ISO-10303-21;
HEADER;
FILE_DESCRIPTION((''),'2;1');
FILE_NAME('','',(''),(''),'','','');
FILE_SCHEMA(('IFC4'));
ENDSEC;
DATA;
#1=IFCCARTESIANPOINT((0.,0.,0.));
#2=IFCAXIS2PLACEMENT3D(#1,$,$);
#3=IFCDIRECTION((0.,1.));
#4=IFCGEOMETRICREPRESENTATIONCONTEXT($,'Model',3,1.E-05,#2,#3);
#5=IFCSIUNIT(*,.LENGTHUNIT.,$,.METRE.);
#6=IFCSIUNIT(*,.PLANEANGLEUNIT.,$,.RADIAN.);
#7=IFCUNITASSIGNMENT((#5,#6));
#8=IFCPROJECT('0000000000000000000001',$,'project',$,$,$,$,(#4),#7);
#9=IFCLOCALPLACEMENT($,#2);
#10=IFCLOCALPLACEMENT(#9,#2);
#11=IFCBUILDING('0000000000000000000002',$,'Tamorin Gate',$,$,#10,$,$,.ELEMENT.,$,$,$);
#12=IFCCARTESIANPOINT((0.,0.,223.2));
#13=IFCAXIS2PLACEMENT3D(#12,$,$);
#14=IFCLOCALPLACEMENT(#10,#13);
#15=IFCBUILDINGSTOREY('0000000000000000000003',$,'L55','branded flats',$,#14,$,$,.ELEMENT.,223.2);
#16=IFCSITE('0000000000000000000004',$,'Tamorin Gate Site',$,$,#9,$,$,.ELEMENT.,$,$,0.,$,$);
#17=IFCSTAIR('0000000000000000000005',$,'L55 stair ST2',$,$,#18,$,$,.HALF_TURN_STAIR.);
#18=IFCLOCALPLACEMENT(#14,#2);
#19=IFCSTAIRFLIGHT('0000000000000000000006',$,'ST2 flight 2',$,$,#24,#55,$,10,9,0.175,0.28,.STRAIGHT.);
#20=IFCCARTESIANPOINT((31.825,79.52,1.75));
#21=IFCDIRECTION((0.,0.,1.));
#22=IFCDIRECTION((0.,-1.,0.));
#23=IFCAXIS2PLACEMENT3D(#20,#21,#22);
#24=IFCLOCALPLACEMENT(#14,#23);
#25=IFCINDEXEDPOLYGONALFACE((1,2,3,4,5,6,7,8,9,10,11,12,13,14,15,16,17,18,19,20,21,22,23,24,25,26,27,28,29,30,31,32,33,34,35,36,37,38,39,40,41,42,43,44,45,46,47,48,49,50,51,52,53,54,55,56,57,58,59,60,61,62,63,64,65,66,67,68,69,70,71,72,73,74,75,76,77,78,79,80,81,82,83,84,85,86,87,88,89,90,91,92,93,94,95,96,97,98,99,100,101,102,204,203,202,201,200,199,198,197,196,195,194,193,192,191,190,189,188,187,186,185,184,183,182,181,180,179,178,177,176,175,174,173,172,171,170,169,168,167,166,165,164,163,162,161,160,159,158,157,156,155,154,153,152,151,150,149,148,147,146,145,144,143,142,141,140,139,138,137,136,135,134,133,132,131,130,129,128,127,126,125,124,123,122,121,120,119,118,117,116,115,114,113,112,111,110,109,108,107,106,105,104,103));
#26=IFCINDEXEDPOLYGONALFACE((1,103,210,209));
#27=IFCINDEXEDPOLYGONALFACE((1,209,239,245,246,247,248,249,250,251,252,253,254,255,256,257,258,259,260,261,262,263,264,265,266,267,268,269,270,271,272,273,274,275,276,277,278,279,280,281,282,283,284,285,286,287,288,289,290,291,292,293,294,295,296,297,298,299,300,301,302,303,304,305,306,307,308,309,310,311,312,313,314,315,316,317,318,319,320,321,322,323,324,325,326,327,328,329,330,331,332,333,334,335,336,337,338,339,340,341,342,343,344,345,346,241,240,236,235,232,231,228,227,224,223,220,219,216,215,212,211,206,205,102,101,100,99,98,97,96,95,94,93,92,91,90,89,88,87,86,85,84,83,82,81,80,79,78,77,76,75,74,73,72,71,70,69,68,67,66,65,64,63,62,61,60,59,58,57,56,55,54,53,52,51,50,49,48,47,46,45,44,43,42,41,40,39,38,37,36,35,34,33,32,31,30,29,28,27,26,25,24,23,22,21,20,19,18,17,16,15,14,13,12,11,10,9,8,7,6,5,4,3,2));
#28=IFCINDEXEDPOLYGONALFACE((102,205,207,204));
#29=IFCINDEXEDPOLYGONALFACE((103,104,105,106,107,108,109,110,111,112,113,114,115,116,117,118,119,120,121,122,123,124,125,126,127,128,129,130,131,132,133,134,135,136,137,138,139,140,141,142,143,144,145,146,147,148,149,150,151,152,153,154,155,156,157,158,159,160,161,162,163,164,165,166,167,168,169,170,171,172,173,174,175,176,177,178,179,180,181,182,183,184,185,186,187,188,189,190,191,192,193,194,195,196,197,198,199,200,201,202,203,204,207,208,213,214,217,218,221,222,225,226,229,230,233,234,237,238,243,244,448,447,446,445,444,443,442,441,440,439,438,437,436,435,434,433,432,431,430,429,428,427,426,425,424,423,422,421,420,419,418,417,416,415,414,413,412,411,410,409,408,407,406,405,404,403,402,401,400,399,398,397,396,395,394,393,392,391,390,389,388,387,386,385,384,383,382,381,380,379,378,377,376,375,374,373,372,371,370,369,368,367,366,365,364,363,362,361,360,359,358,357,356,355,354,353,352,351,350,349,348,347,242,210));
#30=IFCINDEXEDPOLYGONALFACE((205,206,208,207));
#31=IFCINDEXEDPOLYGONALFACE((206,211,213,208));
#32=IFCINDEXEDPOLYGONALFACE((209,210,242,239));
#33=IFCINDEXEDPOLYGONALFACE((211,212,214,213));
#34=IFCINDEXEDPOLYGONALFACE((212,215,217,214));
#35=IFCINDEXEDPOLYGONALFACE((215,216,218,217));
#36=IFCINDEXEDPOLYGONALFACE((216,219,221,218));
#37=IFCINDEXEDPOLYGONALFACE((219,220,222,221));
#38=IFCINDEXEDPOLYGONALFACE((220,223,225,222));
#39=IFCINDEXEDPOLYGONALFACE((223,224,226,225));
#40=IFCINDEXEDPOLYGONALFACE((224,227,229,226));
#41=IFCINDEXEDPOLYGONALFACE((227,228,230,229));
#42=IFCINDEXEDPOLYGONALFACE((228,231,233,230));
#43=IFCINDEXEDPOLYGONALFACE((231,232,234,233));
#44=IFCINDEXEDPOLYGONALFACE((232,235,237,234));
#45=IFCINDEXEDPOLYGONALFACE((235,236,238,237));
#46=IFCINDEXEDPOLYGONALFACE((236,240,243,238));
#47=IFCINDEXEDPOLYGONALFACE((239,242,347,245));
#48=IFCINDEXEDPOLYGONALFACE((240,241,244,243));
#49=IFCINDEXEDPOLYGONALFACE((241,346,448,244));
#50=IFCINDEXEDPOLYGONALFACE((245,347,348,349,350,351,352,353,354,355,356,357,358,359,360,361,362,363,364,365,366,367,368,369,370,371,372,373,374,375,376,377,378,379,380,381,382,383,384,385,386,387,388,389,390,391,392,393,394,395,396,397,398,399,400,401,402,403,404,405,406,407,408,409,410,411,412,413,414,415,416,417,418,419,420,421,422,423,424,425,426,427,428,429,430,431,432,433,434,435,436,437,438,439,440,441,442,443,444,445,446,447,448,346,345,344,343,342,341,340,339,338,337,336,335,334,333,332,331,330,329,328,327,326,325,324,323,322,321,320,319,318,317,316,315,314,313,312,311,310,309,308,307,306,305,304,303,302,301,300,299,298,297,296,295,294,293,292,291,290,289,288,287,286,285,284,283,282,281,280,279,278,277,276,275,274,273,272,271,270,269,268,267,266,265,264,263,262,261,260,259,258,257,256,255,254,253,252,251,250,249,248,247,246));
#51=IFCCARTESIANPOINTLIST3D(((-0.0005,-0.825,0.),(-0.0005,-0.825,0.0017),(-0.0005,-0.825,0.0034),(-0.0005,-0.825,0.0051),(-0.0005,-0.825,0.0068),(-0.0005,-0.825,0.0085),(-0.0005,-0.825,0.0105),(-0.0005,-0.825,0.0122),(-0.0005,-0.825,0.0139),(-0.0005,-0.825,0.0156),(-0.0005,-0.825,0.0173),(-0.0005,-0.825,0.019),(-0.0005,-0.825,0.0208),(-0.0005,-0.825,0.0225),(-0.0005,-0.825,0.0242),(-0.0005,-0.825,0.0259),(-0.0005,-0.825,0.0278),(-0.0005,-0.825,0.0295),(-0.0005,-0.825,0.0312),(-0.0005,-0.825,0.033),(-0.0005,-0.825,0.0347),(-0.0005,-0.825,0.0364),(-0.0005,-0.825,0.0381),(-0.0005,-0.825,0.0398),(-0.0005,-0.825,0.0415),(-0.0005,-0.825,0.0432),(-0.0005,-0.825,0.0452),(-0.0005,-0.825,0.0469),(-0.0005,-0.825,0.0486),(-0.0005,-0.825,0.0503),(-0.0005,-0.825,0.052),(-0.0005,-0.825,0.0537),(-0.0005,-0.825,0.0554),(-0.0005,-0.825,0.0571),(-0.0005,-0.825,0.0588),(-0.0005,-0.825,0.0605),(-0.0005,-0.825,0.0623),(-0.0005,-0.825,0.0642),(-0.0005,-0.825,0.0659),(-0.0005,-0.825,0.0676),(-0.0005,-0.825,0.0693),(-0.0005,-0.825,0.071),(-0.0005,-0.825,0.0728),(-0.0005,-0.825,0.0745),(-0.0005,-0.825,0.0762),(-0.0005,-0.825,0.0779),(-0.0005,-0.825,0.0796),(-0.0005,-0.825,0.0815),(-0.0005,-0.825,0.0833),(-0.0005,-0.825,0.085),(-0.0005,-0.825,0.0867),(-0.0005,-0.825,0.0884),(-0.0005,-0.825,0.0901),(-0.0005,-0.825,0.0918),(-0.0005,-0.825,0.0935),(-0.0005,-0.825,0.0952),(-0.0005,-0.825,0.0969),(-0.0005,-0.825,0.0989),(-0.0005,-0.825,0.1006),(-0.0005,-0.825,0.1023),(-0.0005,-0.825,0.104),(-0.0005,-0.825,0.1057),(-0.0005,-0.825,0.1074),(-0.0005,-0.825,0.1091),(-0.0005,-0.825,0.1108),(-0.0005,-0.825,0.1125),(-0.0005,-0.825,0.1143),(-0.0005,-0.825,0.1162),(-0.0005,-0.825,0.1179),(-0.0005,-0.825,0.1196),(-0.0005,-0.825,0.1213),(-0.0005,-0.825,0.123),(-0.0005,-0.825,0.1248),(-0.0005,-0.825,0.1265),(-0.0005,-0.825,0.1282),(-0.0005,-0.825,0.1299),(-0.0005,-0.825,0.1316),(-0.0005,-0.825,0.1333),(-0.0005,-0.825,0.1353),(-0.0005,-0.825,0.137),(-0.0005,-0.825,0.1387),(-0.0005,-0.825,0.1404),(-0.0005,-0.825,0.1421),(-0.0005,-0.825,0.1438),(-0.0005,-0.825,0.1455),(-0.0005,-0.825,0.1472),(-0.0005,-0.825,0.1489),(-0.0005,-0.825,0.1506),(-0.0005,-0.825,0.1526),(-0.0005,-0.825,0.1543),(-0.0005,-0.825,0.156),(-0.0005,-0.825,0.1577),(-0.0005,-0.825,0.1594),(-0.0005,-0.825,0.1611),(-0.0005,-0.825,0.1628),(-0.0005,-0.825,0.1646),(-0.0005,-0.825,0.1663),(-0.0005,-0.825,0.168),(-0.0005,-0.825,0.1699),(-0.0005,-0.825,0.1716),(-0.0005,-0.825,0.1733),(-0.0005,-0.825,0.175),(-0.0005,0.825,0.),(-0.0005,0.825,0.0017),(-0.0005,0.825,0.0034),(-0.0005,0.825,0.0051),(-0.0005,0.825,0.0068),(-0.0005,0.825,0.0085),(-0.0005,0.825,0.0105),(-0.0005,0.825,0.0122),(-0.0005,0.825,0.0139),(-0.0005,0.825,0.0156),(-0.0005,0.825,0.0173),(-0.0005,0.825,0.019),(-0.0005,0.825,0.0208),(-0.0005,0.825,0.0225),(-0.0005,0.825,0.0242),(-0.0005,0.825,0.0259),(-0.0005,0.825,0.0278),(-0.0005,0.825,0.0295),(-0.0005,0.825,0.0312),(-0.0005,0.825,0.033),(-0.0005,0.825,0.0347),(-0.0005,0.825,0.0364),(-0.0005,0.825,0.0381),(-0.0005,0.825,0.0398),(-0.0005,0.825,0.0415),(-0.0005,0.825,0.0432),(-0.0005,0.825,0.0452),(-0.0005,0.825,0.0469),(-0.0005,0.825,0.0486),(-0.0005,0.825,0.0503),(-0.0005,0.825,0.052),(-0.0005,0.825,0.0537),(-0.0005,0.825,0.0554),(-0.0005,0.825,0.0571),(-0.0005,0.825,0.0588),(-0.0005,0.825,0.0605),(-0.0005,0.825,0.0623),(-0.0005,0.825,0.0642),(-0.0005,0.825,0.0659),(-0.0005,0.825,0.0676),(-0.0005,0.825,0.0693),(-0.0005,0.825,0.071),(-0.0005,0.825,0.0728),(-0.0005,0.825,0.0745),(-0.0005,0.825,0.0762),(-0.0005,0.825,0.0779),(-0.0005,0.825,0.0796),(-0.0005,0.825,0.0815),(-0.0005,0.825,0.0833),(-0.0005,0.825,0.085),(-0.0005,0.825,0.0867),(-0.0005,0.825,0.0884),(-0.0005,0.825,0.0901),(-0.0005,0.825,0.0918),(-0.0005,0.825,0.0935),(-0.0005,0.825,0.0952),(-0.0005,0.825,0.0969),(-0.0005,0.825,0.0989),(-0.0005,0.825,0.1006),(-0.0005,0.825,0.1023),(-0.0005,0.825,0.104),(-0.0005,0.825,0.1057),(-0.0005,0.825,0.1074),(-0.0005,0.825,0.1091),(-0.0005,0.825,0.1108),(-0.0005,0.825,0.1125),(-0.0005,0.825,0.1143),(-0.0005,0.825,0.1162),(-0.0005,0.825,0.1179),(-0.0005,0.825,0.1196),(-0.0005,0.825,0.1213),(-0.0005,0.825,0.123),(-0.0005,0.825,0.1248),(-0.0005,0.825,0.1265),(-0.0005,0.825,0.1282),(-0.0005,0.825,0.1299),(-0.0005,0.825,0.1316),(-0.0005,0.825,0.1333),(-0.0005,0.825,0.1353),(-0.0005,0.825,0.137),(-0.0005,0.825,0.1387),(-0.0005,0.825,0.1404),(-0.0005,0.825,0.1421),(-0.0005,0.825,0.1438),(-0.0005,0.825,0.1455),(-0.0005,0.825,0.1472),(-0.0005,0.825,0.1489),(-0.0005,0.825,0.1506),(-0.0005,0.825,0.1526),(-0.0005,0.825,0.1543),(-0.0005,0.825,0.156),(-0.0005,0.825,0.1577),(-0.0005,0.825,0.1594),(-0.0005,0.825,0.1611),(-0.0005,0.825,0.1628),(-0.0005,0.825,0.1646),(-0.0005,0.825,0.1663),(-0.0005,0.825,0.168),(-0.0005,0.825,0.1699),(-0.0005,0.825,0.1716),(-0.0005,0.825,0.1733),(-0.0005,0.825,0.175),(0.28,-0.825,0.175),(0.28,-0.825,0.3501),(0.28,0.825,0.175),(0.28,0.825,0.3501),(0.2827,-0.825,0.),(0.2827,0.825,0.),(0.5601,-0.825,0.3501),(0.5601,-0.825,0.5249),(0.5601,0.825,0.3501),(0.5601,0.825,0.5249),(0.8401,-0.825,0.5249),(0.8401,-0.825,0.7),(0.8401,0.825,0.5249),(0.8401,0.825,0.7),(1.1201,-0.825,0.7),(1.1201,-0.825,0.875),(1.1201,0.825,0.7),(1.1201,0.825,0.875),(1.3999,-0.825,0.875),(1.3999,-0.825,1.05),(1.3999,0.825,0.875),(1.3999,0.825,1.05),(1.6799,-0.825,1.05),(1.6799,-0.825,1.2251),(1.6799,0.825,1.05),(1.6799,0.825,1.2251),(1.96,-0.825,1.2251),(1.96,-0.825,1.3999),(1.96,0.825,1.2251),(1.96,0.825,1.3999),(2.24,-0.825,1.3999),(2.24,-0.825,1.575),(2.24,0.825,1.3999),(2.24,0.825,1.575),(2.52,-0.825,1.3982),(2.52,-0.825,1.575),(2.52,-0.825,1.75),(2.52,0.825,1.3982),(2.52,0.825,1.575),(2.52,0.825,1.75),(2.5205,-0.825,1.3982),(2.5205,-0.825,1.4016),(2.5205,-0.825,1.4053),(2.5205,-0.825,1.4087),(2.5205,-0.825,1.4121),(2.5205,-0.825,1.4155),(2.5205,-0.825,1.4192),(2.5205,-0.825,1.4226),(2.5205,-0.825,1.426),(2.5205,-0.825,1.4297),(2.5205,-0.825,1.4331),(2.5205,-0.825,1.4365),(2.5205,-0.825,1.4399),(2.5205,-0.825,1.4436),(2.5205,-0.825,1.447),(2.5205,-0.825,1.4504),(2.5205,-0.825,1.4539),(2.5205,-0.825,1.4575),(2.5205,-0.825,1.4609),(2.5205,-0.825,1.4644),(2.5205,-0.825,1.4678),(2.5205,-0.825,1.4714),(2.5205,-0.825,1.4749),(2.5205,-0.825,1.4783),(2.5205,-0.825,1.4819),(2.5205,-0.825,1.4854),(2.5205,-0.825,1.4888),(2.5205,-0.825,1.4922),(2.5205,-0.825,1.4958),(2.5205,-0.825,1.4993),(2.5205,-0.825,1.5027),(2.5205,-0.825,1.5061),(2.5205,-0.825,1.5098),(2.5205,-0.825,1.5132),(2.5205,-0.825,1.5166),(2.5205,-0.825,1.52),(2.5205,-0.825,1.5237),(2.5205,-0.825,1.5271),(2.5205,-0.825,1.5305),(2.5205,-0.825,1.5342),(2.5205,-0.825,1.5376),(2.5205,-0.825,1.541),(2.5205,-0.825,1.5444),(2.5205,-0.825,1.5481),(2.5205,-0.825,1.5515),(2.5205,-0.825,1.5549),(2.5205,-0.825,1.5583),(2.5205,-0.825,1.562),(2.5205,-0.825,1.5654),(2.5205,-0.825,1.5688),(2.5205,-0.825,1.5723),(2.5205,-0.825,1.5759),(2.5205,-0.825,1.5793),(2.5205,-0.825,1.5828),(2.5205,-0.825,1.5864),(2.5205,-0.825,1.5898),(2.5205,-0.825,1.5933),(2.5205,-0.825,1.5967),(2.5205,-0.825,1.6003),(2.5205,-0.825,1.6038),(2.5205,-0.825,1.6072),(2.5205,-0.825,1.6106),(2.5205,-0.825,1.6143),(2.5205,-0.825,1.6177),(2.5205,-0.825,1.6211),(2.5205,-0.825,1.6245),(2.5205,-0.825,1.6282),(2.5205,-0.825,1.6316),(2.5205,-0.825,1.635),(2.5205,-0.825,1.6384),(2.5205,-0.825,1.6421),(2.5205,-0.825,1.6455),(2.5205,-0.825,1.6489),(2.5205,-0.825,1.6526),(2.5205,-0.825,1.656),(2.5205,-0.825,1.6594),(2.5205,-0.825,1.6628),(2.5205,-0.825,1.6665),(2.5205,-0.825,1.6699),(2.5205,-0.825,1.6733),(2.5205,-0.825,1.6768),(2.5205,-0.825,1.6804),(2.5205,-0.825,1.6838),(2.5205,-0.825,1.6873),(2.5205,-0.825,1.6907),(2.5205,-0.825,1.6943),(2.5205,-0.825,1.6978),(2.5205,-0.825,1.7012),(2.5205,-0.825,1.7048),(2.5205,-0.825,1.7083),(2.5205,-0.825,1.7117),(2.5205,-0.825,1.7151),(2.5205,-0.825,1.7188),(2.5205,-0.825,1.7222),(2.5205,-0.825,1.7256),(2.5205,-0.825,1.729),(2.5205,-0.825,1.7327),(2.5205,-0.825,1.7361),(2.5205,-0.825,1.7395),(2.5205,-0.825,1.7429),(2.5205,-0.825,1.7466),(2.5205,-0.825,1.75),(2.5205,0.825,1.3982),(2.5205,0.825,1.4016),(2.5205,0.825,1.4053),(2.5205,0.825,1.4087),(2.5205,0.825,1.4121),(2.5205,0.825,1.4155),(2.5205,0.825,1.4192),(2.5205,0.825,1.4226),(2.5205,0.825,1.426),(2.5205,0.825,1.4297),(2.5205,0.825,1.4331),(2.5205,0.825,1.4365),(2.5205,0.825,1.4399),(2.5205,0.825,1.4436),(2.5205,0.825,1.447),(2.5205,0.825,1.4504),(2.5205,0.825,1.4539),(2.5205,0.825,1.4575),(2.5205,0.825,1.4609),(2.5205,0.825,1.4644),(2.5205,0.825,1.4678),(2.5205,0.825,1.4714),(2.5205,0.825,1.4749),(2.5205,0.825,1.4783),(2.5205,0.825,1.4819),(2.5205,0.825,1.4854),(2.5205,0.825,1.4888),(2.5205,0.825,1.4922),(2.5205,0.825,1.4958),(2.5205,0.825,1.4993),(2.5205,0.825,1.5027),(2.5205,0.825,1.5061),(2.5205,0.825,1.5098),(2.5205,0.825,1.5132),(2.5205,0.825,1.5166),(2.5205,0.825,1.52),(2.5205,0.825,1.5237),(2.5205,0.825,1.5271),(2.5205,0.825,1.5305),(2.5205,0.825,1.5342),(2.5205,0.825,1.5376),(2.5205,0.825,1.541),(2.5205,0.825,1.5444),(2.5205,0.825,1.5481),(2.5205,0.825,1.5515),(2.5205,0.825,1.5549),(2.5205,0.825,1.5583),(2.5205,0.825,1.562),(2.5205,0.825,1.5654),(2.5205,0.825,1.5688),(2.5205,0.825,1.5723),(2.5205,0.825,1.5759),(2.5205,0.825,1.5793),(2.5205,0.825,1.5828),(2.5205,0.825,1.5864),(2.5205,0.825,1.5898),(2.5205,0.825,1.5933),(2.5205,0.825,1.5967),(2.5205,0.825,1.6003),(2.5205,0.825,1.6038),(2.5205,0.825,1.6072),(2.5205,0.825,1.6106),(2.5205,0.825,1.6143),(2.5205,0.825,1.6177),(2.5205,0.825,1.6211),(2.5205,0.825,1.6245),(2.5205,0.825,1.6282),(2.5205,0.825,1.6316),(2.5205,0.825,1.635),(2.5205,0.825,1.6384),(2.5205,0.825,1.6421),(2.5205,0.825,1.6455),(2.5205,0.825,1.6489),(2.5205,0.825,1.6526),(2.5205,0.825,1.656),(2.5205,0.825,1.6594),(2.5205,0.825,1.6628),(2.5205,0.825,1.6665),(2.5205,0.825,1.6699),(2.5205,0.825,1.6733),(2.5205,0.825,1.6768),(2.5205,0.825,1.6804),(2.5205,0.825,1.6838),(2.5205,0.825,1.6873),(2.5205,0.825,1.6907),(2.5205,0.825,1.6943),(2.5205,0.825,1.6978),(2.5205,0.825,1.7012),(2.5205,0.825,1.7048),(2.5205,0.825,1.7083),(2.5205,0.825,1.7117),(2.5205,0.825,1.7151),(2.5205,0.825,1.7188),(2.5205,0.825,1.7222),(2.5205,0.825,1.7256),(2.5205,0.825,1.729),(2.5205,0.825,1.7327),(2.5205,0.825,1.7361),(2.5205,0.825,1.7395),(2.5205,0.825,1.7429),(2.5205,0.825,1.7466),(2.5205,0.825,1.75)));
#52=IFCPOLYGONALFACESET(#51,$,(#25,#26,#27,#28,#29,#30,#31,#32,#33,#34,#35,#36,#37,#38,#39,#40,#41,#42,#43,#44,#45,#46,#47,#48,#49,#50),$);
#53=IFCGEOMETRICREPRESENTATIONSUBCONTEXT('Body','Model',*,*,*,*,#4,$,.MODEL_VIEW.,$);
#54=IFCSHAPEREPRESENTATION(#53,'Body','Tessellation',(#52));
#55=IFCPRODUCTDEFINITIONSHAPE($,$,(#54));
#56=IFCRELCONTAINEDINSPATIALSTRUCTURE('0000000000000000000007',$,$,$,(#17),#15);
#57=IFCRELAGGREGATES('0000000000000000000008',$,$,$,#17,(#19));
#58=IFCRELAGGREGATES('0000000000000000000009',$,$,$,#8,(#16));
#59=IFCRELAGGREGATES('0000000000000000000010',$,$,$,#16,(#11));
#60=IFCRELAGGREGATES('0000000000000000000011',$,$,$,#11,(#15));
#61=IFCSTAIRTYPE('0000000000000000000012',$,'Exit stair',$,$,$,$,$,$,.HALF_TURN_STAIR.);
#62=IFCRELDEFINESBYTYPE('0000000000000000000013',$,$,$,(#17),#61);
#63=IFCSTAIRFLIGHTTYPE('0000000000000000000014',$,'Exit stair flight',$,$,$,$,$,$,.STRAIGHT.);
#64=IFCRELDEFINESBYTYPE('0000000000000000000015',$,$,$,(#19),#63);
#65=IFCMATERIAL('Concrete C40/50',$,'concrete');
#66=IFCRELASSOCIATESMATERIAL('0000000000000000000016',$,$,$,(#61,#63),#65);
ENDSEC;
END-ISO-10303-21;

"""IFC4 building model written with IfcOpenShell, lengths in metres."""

from ifc_helpers import new_model, si_unit, direction, frame, origin, place, context, subcontext, project, spatial, polyline, outline, extrude, material, type_object, element, aggregate, save


model = new_model("IFC4")

# Units and contexts
model_context = context("Model", 3, precision=1e-05, world=origin(), true_north=direction((0.0, 1.0)))
body_context = subcontext(model_context, "Body", "Model", "MODEL_VIEW")
ifc_project = project(units=[si_unit("LENGTHUNIT", "METRE"), si_unit("PLANEANGLEUNIT", "RADIAN")], contexts=[model_context])

# Site, building, storey
site_placement = place(None, origin())
site = spatial("IfcSite", under=ifc_project, at=site_placement, Name="Tamorin Gate Site", CompositionType="ELEMENT", RefElevation=0.0)
building_placement = place(site_placement, origin())
building = spatial("IfcBuilding", under=site, at=building_placement, Name="Tamorin Gate", CompositionType="ELEMENT")
storey_placement = place(building_placement, frame((0.0, 0.0, 223.2)))
storey = spatial("IfcBuildingStorey", under=building, at=storey_placement, Name="L55", Description="branded flats", CompositionType="ELEMENT", Elevation=223.2)

# Stair, stair flight
ifc_material_1 = material(Name="Concrete C40/50", Category="concrete")
stair_type = type_object("IfcStairType", Name="Exit stair", PredefinedType="HALF_TURN_STAIR", material=ifc_material_1)
stair_placement = place(storey_placement, origin())
stair = element("IfcStair", 1, at=stair_placement, inside=storey, type_object=stair_type, Name="L55 stair ST2", PredefinedType="HALF_TURN_STAIR")
stair_flight_type = type_object("IfcStairFlightType", Name="Exit stair flight", PredefinedType="STRAIGHT", material=ifc_material_1)
stair_flight_placement = place(storey_placement, frame((31.825, 79.52, 1.75), z_axis=(0.0, 0.0, 1.0), x_axis=(0.0, -1.0, 0.0)))
stair_flight = element("IfcStairFlight", 2, at=stair_flight_placement, type_object=stair_flight_type, Name="ST2 flight 2", NumberOfRisers=10, NumberOfTreads=9, PredefinedType="STRAIGHT", RiserHeight=0.175, TreadLength=0.28, context=body_context, shape_type="SweptSolid", body=[
    extrude(outline(polyline([(-0.0005, 0.0), (-0.0005, 0.0017), (-0.0005, 0.0034), (-0.0005, 0.0051), (-0.0005, 0.0068), (-0.0005, 0.0085), (-0.0005, 0.0105), (-0.0005, 0.0122), (-0.0005, 0.0139), (-0.0005, 0.0156), (-0.0005, 0.0173), (-0.0005, 0.019), (-0.0005, 0.0208), (-0.0005, 0.0225), (-0.0005, 0.0242), (-0.0005, 0.0259), (-0.0005, 0.0278), (-0.0005, 0.0295), (-0.0005, 0.0312), (-0.0005, 0.033), (-0.0005, 0.0347), (-0.0005, 0.0364), (-0.0005, 0.0381), (-0.0005, 0.0398), (-0.0005, 0.0415), (-0.0005, 0.0432), (-0.0005, 0.0452), (-0.0005, 0.0469), (-0.0005, 0.0486), (-0.0005, 0.0503), (-0.0005, 0.052), (-0.0005, 0.0537), (-0.0005, 0.0554), (-0.0005, 0.0571), (-0.0005, 0.0588), (-0.0005, 0.0605), (-0.0005, 0.0623), (-0.0005, 0.0642), (-0.0005, 0.0659), (-0.0005, 0.0676), (-0.0005, 0.0693), (-0.0005, 0.071), (-0.0005, 0.0728), (-0.0005, 0.0745), (-0.0005, 0.0762), (-0.0005, 0.0779), (-0.0005, 0.0796), (-0.0005, 0.0815), (-0.0005, 0.0833), (-0.0005, 0.085), (-0.0005, 0.0867), (-0.0005, 0.0884), (-0.0005, 0.0901), (-0.0005, 0.0918), (-0.0005, 0.0935), (-0.0005, 0.0952), (-0.0005, 0.0969), (-0.0005, 0.0989), (-0.0005, 0.1006), (-0.0005, 0.1023), (-0.0005, 0.104), (-0.0005, 0.1057), (-0.0005, 0.1074), (-0.0005, 0.1091), (-0.0005, 0.1108), (-0.0005, 0.1125), (-0.0005, 0.1143), (-0.0005, 0.1162), (-0.0005, 0.1179), (-0.0005, 0.1196), (-0.0005, 0.1213), (-0.0005, 0.123), (-0.0005, 0.1248), (-0.0005, 0.1265), (-0.0005, 0.1282), (-0.0005, 0.1299), (-0.0005, 0.1316), (-0.0005, 0.1333), (-0.0005, 0.1353), (-0.0005, 0.137), (-0.0005, 0.1387), (-0.0005, 0.1404), (-0.0005, 0.1421), (-0.0005, 0.1438), (-0.0005, 0.1455), (-0.0005, 0.1472), (-0.0005, 0.1489), (-0.0005, 0.1506), (-0.0005, 0.1526), (-0.0005, 0.1543), (-0.0005, 0.156), (-0.0005, 0.1577), (-0.0005, 0.1594), (-0.0005, 0.1611), (-0.0005, 0.1628), (-0.0005, 0.1646), (-0.0005, 0.1663), (-0.0005, 0.168), (-0.0005, 0.1699), (-0.0005, 0.1716), (-0.0005, 0.1733), (-0.0005, 0.175), (0.28, 0.175), (0.28, 0.3501), (0.5601, 0.3501), (0.5601, 0.5249), (0.8401, 0.5249), (0.8401, 0.7), (1.1201, 0.7), (1.1201, 0.875), (1.3999, 0.875), (1.3999, 1.05), (1.6799, 1.05), (1.6799, 1.2251), (1.96, 1.2251), (1.96, 1.3999), (2.24, 1.3999), (2.24, 1.575), (2.52, 1.575), (2.52, 1.75), (2.5205, 1.75), (2.5205, 1.7466), (2.5205, 1.7429), (2.5205, 1.7395), (2.5205, 1.7361), (2.5205, 1.7327), (2.5205, 1.729), (2.5205, 1.7256), (2.5205, 1.7222), (2.5205, 1.7188), (2.5205, 1.7151), (2.5205, 1.7117), (2.5205, 1.7083), (2.5205, 1.7048), (2.5205, 1.7012), (2.5205, 1.6978), (2.5205, 1.6943), (2.5205, 1.6907), (2.5205, 1.6873), (2.5205, 1.6838), (2.5205, 1.6804), (2.5205, 1.6768), (2.5205, 1.6733), (2.5205, 1.6699), (2.5205, 1.6665), (2.5205, 1.6628), (2.5205, 1.6594), (2.5205, 1.656), (2.5205, 1.6526), (2.5205, 1.6489), (2.5205, 1.6455), (2.5205, 1.6421), (2.5205, 1.6384), (2.5205, 1.635), (2.5205, 1.6316), (2.5205, 1.6282), (2.5205, 1.6245), (2.5205, 1.6211), (2.5205, 1.6177), (2.5205, 1.6143), (2.5205, 1.6106), (2.5205, 1.6072), (2.5205, 1.6038), (2.5205, 1.6003), (2.5205, 1.5967), (2.5205, 1.5933), (2.5205, 1.5898), (2.5205, 1.5864), (2.5205, 1.5828), (2.5205, 1.5793), (2.5205, 1.5759), (2.5205, 1.5723), (2.5205, 1.5688), (2.5205, 1.5654), (2.5205, 1.562), (2.5205, 1.5583), (2.5205, 1.5549), (2.5205, 1.5515), (2.5205, 1.5481), (2.5205, 1.5444), (2.5205, 1.541), (2.5205, 1.5376), (2.5205, 1.5342), (2.5205, 1.5305), (2.5205, 1.5271), (2.5205, 1.5237), (2.5205, 1.52), (2.5205, 1.5166), (2.5205, 1.5132), (2.5205, 1.5098), (2.5205, 1.5061), (2.5205, 1.5027), (2.5205, 1.4993), (2.5205, 1.4958), (2.5205, 1.4922), (2.5205, 1.4888), (2.5205, 1.4854), (2.5205, 1.4819), (2.5205, 1.4783), (2.5205, 1.4749), (2.5205, 1.4714), (2.5205, 1.4678), (2.5205, 1.4644), (2.5205, 1.4609), (2.5205, 1.4575), (2.5205, 1.4539), (2.5205, 1.4504), (2.5205, 1.447), (2.5205, 1.4436), (2.5205, 1.4399), (2.5205, 1.4365), (2.5205, 1.4331), (2.5205, 1.4297), (2.5205, 1.426), (2.5205, 1.4226), (2.5205, 1.4192), (2.5205, 1.4155), (2.5205, 1.4121), (2.5205, 1.4087), (2.5205, 1.4053), (2.5205, 1.4016), (2.5205, 1.3982), (2.52, 1.3982), (0.2827, 0.0), (-0.0005, 0.0)])), frame((0.0, 0.825, 0.0), z_axis=(0.0, -1.0, 0.0), x_axis=(1.0, 0.0, 0.0)), (0.0, 0.0, 1.0), 1.6499),
])
aggregate(stair, [stair_flight])

save(model, "model.ifc")
